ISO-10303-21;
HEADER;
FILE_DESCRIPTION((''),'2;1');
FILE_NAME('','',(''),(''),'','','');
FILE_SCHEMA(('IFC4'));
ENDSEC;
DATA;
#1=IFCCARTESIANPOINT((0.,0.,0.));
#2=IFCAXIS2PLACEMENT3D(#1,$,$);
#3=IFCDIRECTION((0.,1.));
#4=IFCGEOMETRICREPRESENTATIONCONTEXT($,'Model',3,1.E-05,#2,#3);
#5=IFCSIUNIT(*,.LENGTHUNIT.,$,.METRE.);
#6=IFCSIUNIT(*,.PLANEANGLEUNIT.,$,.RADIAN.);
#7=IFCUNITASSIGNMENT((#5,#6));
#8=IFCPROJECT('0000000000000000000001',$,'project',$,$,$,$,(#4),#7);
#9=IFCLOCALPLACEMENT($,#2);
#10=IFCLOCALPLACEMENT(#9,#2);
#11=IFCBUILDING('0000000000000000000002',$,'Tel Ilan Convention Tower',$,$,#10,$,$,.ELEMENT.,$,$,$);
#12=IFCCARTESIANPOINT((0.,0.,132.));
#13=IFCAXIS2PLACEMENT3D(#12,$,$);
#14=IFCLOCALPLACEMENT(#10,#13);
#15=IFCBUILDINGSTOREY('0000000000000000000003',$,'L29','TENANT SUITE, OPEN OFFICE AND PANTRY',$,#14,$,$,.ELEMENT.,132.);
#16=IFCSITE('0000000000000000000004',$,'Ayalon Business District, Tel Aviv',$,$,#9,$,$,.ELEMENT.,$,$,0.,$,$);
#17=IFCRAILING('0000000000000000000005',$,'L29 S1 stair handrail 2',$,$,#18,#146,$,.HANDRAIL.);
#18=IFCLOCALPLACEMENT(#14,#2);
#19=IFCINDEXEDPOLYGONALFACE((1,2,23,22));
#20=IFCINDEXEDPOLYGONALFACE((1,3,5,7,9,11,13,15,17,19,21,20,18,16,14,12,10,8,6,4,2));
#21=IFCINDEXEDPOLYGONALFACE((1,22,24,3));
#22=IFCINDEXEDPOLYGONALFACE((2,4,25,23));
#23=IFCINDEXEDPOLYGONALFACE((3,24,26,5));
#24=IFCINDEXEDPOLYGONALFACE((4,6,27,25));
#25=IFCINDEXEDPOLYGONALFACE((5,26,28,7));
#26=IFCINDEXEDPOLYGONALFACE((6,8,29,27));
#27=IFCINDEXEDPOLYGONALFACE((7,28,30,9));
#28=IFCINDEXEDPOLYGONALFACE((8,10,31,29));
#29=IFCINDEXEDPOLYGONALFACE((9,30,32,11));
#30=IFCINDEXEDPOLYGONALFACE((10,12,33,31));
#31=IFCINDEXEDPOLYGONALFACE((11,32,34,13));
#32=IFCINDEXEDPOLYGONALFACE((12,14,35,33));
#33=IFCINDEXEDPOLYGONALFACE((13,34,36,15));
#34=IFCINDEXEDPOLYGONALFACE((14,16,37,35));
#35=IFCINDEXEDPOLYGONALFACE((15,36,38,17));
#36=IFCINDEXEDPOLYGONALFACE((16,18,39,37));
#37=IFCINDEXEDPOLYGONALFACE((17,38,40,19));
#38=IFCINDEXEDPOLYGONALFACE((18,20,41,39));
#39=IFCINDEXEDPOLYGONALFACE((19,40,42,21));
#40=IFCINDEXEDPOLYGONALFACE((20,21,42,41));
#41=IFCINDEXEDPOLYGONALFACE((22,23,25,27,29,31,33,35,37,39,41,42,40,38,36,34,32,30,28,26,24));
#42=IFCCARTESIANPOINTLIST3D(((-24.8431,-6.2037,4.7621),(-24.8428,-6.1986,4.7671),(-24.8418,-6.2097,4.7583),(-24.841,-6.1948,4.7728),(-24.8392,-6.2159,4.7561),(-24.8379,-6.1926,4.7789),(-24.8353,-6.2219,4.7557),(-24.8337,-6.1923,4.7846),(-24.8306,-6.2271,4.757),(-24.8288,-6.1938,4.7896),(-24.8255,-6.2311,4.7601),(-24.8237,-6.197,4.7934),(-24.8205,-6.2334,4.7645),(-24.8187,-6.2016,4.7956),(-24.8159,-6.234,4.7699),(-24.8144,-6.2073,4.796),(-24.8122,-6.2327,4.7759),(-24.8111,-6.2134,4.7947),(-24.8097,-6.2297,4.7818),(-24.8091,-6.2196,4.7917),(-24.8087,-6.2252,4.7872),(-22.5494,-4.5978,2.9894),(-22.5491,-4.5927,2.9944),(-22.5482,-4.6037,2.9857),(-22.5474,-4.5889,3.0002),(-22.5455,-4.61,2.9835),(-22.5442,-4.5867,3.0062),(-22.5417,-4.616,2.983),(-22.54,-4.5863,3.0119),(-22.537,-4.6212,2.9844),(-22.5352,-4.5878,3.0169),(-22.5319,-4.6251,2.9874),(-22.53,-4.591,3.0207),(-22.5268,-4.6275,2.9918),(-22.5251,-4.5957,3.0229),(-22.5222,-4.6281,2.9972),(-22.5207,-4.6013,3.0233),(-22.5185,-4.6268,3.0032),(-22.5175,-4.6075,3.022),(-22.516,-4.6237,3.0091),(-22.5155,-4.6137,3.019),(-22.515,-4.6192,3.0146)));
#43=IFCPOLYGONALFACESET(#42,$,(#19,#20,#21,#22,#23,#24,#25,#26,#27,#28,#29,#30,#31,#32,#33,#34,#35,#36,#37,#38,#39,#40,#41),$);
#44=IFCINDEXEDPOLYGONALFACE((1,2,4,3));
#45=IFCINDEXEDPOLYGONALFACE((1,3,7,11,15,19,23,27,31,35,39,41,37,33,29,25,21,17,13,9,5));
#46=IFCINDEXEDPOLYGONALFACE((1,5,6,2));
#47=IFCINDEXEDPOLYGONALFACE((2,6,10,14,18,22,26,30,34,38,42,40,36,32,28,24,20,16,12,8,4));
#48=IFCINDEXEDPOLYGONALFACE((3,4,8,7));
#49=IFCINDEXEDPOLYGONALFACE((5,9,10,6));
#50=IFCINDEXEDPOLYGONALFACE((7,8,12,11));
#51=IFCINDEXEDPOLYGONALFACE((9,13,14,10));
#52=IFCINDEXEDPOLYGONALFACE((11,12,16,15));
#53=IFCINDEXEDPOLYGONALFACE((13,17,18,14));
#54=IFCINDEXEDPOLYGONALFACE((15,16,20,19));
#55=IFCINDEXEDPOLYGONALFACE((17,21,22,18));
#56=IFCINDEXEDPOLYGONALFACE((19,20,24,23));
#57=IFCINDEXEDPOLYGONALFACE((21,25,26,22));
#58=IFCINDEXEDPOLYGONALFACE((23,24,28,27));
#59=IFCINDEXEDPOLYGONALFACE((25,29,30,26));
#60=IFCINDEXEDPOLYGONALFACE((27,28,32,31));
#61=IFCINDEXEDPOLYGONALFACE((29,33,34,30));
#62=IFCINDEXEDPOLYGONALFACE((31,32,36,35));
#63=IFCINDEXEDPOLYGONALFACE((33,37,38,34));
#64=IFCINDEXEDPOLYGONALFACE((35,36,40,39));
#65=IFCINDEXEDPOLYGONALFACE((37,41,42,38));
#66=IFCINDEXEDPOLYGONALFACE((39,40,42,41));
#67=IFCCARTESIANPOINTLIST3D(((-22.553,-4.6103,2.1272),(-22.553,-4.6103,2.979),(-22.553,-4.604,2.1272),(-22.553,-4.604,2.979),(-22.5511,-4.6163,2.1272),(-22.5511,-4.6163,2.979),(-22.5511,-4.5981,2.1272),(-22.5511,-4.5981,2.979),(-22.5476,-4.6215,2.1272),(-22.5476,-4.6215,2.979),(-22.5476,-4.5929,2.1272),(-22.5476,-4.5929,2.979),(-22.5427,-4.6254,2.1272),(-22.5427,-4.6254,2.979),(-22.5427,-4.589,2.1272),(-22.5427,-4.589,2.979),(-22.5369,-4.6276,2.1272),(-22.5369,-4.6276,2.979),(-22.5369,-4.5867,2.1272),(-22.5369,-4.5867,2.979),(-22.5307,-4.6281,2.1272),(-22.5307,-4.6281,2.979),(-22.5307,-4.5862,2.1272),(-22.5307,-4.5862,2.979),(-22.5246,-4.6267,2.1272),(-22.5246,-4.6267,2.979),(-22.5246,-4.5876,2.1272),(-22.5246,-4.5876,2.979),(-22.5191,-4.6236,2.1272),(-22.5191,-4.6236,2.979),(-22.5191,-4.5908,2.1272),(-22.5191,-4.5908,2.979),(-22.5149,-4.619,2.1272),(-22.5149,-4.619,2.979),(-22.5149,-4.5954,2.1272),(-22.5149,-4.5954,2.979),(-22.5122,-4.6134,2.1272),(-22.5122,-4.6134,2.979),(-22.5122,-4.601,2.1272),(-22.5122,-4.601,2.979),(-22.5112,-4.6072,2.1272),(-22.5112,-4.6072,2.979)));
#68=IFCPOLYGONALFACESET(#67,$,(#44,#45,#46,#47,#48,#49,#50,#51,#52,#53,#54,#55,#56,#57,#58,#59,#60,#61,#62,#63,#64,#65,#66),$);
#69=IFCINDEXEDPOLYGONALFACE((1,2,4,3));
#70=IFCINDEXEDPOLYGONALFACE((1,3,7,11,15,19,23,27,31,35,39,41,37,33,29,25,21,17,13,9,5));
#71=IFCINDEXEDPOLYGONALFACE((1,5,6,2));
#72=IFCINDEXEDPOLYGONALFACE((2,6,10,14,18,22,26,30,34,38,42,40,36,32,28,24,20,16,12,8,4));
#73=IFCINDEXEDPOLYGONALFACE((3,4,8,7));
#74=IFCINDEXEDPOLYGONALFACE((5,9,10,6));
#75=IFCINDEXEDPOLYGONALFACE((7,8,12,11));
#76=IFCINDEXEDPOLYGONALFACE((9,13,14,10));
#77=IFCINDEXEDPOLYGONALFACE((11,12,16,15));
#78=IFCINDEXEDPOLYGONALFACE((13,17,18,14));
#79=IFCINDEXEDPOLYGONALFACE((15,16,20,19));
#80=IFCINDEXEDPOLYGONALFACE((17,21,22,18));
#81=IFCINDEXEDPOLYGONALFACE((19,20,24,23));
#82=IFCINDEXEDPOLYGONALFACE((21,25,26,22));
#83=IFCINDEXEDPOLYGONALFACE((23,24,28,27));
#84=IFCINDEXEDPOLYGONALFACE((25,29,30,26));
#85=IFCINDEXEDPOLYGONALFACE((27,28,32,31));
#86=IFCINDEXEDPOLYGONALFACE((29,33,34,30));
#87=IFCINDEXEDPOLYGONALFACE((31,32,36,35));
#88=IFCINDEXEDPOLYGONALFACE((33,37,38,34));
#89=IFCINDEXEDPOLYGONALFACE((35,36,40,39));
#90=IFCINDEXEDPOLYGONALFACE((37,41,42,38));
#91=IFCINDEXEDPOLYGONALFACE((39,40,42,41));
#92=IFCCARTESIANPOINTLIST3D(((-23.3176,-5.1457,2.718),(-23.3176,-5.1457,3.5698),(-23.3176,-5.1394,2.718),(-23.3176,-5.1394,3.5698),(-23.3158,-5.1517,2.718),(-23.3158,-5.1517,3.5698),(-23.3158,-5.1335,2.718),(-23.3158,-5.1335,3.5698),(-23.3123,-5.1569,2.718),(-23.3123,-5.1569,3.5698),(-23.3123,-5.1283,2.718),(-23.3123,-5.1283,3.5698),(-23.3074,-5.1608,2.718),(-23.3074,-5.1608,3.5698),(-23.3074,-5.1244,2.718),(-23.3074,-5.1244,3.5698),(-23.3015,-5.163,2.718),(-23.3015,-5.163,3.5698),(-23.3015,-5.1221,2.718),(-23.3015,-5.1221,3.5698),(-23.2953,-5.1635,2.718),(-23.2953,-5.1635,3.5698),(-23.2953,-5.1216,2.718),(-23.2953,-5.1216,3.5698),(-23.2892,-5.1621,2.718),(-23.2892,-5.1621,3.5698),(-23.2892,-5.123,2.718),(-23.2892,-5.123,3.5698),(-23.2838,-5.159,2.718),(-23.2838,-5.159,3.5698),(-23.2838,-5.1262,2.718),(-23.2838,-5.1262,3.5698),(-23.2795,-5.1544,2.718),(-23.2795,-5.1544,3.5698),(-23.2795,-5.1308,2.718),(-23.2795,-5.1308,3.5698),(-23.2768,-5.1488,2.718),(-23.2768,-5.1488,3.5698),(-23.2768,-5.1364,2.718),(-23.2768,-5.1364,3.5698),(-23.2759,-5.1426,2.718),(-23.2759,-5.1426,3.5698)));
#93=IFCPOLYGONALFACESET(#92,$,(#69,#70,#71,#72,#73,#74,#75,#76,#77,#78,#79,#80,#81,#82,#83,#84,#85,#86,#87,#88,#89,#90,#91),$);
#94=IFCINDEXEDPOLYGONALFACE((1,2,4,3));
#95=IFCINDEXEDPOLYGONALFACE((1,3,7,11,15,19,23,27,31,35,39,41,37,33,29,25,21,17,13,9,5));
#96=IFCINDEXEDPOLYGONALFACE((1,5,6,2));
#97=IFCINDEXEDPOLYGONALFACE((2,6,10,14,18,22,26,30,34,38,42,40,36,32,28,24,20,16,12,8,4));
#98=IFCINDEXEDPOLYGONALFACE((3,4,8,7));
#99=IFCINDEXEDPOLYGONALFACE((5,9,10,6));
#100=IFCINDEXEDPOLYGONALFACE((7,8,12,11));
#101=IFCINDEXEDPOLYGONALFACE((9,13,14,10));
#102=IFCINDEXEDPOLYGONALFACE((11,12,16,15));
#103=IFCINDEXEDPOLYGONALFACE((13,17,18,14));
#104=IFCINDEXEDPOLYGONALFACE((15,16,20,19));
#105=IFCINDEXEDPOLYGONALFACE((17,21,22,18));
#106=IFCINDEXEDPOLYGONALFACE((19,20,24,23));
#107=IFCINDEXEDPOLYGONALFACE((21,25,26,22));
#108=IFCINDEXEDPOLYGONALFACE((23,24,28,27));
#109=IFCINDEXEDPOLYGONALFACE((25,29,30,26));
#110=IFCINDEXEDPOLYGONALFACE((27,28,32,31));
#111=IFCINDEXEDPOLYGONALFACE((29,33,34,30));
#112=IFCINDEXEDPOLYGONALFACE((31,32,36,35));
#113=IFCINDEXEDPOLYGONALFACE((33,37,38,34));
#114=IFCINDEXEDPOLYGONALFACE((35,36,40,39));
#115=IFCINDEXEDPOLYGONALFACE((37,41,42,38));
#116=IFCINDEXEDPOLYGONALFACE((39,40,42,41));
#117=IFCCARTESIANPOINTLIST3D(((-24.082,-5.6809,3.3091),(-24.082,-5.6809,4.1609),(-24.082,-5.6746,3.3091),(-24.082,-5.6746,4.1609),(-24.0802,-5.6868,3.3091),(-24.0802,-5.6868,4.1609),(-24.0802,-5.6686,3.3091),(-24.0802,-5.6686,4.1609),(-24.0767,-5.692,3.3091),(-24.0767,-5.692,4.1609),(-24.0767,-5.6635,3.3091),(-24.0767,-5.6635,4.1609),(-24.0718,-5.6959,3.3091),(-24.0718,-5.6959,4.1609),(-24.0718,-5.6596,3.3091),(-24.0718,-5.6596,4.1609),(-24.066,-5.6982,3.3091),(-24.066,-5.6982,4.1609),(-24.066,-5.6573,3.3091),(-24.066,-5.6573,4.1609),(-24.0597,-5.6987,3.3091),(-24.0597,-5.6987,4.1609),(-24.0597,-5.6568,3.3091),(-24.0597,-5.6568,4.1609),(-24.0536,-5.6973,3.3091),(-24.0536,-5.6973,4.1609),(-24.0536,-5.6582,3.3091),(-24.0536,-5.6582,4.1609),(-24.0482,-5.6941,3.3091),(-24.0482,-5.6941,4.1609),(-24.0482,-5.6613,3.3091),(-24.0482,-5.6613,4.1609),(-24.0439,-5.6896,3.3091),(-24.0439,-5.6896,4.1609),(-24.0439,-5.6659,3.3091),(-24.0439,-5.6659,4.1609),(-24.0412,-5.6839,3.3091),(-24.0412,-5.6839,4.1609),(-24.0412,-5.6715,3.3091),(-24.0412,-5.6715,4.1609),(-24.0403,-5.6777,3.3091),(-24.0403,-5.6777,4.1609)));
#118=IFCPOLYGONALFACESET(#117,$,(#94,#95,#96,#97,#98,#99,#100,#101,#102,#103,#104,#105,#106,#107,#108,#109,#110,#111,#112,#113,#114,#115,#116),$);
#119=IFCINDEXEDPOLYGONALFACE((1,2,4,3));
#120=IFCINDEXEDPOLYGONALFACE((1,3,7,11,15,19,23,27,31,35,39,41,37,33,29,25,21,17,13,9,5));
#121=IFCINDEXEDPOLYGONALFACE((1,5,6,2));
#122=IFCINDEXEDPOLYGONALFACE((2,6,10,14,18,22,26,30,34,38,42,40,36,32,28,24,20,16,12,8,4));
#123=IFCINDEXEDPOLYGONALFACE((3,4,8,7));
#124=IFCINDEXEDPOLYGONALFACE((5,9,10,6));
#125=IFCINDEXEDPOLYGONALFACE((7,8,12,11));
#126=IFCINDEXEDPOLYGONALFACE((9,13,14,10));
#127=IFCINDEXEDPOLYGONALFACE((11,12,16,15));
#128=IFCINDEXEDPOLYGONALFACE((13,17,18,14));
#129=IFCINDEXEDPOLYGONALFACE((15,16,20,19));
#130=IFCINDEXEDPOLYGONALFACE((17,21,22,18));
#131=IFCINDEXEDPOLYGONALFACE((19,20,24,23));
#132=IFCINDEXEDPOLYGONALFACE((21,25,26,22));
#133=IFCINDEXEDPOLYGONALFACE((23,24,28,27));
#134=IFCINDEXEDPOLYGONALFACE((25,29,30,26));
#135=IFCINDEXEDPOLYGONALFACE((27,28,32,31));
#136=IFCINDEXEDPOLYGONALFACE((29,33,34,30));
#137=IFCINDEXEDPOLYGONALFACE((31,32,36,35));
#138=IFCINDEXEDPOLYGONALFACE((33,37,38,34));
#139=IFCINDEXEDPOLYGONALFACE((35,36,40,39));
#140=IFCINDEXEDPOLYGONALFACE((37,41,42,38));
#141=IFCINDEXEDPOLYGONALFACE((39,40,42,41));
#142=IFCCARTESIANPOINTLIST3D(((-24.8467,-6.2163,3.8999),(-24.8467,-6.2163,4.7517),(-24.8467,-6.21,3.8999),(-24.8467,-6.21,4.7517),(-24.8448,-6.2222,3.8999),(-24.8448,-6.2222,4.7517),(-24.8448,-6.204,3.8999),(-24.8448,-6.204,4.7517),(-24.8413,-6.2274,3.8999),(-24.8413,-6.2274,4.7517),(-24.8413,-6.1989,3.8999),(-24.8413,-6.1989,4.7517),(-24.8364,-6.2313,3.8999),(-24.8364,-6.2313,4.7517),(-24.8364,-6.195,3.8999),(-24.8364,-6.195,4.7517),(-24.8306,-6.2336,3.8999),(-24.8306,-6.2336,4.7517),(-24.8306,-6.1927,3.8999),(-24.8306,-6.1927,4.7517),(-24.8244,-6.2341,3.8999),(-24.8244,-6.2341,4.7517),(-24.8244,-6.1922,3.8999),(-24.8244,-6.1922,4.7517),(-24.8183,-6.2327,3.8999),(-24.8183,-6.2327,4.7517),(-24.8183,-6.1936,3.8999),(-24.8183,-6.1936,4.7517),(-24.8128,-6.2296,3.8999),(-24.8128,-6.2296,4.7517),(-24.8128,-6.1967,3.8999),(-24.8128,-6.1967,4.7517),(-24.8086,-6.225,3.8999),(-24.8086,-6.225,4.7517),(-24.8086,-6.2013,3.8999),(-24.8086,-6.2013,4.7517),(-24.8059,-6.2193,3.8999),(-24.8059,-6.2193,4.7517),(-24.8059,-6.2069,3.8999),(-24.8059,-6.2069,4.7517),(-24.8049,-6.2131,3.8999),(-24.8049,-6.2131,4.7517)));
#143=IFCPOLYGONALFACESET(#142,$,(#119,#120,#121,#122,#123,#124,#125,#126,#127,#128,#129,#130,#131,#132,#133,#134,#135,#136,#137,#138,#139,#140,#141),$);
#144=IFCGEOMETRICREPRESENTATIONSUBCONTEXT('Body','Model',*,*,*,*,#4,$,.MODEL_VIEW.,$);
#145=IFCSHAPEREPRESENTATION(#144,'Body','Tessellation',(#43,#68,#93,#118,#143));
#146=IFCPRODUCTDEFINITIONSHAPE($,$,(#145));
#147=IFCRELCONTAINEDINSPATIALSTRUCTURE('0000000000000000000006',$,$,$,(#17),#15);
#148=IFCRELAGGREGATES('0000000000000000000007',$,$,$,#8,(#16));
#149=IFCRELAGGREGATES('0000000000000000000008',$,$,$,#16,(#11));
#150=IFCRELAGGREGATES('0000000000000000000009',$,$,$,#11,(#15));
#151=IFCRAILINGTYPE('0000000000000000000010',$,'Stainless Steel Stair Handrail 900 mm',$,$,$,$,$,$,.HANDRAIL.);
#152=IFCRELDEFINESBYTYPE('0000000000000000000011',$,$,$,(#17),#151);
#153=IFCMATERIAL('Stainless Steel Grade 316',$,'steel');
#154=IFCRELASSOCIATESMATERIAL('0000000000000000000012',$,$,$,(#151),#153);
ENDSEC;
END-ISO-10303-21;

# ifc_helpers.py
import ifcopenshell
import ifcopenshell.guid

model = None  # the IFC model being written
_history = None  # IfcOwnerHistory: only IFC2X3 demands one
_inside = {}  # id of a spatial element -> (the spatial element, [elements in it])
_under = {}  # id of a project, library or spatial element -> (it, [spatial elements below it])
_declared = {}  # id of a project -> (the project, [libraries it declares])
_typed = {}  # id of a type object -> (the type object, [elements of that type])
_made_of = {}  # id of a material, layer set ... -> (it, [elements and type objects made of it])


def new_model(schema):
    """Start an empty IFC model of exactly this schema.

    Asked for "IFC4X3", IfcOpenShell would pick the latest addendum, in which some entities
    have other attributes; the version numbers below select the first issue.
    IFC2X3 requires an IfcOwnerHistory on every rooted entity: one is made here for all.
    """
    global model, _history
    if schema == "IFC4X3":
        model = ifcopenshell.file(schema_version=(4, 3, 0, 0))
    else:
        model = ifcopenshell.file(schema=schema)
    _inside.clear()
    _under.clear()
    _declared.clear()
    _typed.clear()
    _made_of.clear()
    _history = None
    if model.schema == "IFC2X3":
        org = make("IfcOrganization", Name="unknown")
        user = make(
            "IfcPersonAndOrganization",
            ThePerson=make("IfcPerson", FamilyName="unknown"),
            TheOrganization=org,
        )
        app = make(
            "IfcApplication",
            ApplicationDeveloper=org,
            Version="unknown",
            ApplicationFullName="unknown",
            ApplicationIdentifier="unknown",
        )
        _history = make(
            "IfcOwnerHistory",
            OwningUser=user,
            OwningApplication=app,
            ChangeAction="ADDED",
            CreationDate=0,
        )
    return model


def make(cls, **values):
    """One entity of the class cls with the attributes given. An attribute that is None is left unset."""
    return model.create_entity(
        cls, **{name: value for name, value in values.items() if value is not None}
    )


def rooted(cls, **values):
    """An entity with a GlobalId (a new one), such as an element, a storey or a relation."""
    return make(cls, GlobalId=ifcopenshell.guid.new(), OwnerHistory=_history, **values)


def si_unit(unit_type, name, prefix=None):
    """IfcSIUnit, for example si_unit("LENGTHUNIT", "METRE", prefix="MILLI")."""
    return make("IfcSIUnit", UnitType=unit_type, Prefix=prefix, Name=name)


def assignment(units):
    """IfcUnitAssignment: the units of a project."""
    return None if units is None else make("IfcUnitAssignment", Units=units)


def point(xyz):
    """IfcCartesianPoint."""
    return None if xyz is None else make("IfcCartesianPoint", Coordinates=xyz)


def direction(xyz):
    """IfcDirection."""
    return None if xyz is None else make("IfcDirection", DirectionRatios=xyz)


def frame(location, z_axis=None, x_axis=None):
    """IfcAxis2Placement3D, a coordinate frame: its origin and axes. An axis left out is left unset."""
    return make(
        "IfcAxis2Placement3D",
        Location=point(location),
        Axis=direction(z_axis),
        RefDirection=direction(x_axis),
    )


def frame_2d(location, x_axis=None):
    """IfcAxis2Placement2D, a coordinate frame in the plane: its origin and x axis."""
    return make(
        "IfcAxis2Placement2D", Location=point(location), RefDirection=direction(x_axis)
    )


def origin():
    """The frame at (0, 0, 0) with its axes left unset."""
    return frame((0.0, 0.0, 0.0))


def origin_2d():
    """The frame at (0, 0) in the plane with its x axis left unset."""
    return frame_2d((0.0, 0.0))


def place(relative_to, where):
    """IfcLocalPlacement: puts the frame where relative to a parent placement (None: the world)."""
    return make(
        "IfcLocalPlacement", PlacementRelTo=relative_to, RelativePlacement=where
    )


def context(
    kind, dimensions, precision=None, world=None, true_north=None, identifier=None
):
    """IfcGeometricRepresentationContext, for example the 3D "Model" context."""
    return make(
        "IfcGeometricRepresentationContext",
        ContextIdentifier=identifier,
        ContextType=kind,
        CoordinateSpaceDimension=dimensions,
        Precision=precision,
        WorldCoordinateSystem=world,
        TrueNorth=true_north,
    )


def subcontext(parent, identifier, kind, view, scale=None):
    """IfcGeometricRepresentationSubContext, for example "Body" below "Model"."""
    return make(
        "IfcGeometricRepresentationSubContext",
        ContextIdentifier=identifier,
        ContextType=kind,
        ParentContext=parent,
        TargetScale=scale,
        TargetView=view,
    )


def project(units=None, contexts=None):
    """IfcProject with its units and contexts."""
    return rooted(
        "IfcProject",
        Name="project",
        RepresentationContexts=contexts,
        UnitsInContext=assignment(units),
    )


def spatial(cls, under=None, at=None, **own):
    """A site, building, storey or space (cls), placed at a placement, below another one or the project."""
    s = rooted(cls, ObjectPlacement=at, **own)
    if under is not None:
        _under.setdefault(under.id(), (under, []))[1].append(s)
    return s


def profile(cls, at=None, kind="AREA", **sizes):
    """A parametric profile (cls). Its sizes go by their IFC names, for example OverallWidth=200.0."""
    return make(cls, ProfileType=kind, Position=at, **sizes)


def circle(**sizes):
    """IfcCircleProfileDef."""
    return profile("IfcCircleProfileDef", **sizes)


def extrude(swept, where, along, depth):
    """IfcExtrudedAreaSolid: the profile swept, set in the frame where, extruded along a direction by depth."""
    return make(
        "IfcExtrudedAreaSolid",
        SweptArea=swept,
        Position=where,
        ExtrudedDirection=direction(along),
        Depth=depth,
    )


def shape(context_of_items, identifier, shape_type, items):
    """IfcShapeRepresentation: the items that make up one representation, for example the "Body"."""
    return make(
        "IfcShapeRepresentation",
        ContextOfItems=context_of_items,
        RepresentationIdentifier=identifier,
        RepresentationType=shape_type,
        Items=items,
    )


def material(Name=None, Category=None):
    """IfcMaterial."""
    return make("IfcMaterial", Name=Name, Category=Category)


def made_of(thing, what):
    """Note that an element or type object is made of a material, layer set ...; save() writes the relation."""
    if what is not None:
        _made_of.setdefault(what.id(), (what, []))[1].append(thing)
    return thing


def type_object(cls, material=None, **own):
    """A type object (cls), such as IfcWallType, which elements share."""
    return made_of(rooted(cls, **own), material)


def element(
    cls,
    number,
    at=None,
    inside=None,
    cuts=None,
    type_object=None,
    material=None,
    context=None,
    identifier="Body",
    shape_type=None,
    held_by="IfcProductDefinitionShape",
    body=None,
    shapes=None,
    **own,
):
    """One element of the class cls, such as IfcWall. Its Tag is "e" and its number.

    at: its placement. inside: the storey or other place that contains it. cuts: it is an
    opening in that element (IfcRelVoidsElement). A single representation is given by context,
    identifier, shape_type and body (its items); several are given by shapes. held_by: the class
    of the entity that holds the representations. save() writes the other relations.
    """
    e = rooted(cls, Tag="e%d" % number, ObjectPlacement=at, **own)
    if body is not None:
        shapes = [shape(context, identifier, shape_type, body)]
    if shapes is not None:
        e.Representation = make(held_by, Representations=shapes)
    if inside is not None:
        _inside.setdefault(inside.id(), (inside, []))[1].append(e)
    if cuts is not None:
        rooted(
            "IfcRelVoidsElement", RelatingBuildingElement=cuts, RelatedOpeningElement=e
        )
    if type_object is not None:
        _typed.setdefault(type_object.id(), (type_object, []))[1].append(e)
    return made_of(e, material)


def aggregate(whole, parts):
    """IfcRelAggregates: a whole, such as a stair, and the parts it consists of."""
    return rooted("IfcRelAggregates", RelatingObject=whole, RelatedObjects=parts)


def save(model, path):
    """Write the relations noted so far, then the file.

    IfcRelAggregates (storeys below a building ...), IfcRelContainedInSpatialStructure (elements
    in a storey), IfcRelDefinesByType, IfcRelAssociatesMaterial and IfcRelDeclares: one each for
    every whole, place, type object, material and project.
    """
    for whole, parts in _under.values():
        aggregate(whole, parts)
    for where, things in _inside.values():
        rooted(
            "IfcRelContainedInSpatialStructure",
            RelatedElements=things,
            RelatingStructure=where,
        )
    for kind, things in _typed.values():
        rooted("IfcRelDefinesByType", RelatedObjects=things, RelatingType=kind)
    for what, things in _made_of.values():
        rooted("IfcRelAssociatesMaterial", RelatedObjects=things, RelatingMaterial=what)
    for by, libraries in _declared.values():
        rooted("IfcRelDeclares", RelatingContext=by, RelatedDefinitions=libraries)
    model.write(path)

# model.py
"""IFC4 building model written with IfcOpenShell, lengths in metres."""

from ifc_helpers import new_model, si_unit, direction, frame, origin, origin_2d, place, context, subcontext, project, spatial, circle, extrude, material, type_object, element, save


model = new_model("IFC4")

# Units and contexts
model_context = context("Model", 3, precision=1e-05, world=origin(), true_north=direction((0.0, 1.0)))
body_context = subcontext(model_context, "Body", "Model", "MODEL_VIEW")
ifc_project = project(units=[si_unit("LENGTHUNIT", "METRE"), si_unit("PLANEANGLEUNIT", "RADIAN")], contexts=[model_context])

# Site, building, storey
site_placement = place(None, origin())
site = spatial("IfcSite", under=ifc_project, at=site_placement, Name="Ayalon Business District, Tel Aviv", CompositionType="ELEMENT", RefElevation=0.0)
building_placement = place(site_placement, origin())
building = spatial("IfcBuilding", under=site, at=building_placement, Name="Tel Ilan Convention Tower", CompositionType="ELEMENT")
storey_placement = place(building_placement, frame((0.0, 0.0, 132.0)))
storey = spatial("IfcBuildingStorey", under=building, at=storey_placement, Name="L29", Description="TENANT SUITE, OPEN OFFICE AND PANTRY", CompositionType="ELEMENT", Elevation=132.0)

# Railing
ifc_material_1 = material(Name="Stainless Steel Grade 316", Category="steel")
railing_type_1 = type_object("IfcRailingType", Name="Stainless Steel Stair Handrail 900 mm", PredefinedType="HANDRAIL", material=ifc_material_1)
railing_1_placement = place(storey_placement, frame((-22.5322, -4.6072, 2.1272)))
element("IfcRailing", 1, at=railing_1_placement, inside=storey, type_object=railing_type_1, Name="L29 S1 stair handrail 2", PredefinedType="HANDRAIL", context=body_context, shape_type="SweptSolid", body=[
    extrude(circle(Radius=0.0239, at=origin_2d()), frame((0.0, 0.0, 0.876), z_axis=(-0.692123, -0.484597, 0.534913), x_axis=(0.57355, -0.81917, 0.0)), (0.0, 0.0, 1.0), 3.314),
    extrude(circle(Radius=0.021, at=origin_2d()), origin(), (0.0, 0.0, 1.0), 0.8518),
    extrude(circle(Radius=0.021, at=origin_2d()), frame((-0.7646, -0.5354, 0.5908)), (0.0, 0.0, 1.0), 0.8518),
    extrude(circle(Radius=0.021, at=origin_2d()), frame((-1.5291, -1.0706, 1.1819)), (0.0, 0.0, 1.0), 0.8518),
    extrude(circle(Radius=0.021, at=origin_2d()), frame((-2.2937, -1.606, 1.7727)), (0.0, 0.0, 1.0), 0.8518),
])

save(model, "model.ifc")
